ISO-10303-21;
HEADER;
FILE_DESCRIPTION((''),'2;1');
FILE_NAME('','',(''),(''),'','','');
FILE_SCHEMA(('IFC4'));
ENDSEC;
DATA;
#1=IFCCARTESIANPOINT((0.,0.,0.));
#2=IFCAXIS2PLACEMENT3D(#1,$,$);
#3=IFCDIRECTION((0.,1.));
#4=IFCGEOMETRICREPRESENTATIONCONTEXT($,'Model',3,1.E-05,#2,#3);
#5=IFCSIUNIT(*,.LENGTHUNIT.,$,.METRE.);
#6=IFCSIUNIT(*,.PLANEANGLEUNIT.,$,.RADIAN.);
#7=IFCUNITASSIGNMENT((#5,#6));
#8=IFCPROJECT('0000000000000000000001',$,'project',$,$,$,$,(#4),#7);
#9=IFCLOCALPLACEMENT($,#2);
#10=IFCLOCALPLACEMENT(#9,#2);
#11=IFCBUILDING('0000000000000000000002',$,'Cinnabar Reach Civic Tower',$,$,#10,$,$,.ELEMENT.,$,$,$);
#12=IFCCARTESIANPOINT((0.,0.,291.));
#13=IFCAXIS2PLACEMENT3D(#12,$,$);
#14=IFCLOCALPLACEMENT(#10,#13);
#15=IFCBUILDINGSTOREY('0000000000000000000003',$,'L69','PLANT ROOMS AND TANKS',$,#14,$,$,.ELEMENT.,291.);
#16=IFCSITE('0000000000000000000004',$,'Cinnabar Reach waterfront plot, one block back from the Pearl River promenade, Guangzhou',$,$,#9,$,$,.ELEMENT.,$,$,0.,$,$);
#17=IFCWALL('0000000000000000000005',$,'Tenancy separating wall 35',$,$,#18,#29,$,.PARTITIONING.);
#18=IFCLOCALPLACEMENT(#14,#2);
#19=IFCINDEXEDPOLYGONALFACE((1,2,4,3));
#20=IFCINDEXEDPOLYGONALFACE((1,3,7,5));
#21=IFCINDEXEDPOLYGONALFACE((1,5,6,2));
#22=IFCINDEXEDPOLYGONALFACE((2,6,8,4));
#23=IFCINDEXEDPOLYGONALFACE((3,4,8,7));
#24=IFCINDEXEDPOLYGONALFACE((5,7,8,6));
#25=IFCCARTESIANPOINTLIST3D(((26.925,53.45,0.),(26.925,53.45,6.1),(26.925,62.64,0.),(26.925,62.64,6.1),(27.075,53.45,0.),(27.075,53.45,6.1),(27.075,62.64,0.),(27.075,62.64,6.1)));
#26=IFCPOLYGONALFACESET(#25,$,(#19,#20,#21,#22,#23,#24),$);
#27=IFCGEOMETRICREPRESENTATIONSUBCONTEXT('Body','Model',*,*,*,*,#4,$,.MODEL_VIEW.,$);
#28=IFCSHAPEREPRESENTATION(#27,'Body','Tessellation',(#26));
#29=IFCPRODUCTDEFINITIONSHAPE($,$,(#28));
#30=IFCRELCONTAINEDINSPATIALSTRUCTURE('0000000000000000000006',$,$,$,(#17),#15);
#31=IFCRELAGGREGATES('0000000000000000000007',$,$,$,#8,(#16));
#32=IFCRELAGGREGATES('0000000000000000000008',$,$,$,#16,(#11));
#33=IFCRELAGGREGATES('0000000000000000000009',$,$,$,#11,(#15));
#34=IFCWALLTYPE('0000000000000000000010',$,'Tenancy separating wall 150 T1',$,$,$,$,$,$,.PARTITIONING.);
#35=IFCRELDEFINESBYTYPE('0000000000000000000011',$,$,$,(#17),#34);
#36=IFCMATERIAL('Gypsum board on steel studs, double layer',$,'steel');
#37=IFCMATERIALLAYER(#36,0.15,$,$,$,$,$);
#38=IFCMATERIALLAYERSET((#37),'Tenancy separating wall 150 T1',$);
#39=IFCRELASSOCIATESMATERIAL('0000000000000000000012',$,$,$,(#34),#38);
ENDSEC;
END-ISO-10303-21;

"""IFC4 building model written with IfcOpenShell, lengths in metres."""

from ifc_helpers import new_model, si_unit, direction, frame, frame_2d, origin, place, context, subcontext, project, spatial, rectangle, extrude, material, layer, layer_set, type_object, element, save


model = new_model("IFC4")

# Units and contexts
model_context = context("Model", 3, precision=1e-05, world=origin(), true_north=direction((0.0, 1.0)))
body_context = subcontext(model_context, "Body", "Model", "MODEL_VIEW")
ifc_project = project(units=[si_unit("LENGTHUNIT", "METRE"), si_unit("PLANEANGLEUNIT", "RADIAN")], contexts=[model_context])

# Site, building, storey
site_placement = place(None, origin())
site = spatial("IfcSite", under=ifc_project, at=site_placement, Name="Cinnabar Reach waterfront plot, one block back from the Pearl River promenade, Guangzhou", CompositionType="ELEMENT", RefElevation=0.0)
building_placement = place(site_placement, origin())
building = spatial("IfcBuilding", under=site, at=building_placement, Name="Cinnabar Reach Civic Tower", CompositionType="ELEMENT")
storey_placement = place(building_placement, frame((0.0, 0.0, 291.0)))
storey = spatial("IfcBuildingStorey", under=building, at=storey_placement, Name="L69", Description="PLANT ROOMS AND TANKS", CompositionType="ELEMENT", Elevation=291.0)

# Wall
ifc_material_1 = material(Name="Gypsum board on steel studs, double layer", Category="steel")
ifc_layer_1 = layer(ifc_material_1, 0.15)
ifc_layer_set_1 = layer_set([ifc_layer_1], Name="Tenancy separating wall 150 T1")
wall_type_1 = type_object("IfcWallType", Name="Tenancy separating wall 150 T1", PredefinedType="PARTITIONING", material=ifc_layer_set_1)
wall_1_placement = place(storey_placement, frame((27.0, 53.45, 0.0), z_axis=(0.0, 0.0, 1.0), x_axis=(0.0, 1.0, 0.0)))
element("IfcWall", 1, at=wall_1_placement, inside=storey, type_object=wall_type_1, Name="Tenancy separating wall 35", PredefinedType="PARTITIONING", context=body_context, shape_type="SweptSolid", body=[
    extrude(rectangle(XDim=9.19, YDim=0.15, at=frame_2d((4.595, 0.0))), origin(), (0.0, 0.0, 1.0), 6.1),
])

save(model, "model.ifc")
